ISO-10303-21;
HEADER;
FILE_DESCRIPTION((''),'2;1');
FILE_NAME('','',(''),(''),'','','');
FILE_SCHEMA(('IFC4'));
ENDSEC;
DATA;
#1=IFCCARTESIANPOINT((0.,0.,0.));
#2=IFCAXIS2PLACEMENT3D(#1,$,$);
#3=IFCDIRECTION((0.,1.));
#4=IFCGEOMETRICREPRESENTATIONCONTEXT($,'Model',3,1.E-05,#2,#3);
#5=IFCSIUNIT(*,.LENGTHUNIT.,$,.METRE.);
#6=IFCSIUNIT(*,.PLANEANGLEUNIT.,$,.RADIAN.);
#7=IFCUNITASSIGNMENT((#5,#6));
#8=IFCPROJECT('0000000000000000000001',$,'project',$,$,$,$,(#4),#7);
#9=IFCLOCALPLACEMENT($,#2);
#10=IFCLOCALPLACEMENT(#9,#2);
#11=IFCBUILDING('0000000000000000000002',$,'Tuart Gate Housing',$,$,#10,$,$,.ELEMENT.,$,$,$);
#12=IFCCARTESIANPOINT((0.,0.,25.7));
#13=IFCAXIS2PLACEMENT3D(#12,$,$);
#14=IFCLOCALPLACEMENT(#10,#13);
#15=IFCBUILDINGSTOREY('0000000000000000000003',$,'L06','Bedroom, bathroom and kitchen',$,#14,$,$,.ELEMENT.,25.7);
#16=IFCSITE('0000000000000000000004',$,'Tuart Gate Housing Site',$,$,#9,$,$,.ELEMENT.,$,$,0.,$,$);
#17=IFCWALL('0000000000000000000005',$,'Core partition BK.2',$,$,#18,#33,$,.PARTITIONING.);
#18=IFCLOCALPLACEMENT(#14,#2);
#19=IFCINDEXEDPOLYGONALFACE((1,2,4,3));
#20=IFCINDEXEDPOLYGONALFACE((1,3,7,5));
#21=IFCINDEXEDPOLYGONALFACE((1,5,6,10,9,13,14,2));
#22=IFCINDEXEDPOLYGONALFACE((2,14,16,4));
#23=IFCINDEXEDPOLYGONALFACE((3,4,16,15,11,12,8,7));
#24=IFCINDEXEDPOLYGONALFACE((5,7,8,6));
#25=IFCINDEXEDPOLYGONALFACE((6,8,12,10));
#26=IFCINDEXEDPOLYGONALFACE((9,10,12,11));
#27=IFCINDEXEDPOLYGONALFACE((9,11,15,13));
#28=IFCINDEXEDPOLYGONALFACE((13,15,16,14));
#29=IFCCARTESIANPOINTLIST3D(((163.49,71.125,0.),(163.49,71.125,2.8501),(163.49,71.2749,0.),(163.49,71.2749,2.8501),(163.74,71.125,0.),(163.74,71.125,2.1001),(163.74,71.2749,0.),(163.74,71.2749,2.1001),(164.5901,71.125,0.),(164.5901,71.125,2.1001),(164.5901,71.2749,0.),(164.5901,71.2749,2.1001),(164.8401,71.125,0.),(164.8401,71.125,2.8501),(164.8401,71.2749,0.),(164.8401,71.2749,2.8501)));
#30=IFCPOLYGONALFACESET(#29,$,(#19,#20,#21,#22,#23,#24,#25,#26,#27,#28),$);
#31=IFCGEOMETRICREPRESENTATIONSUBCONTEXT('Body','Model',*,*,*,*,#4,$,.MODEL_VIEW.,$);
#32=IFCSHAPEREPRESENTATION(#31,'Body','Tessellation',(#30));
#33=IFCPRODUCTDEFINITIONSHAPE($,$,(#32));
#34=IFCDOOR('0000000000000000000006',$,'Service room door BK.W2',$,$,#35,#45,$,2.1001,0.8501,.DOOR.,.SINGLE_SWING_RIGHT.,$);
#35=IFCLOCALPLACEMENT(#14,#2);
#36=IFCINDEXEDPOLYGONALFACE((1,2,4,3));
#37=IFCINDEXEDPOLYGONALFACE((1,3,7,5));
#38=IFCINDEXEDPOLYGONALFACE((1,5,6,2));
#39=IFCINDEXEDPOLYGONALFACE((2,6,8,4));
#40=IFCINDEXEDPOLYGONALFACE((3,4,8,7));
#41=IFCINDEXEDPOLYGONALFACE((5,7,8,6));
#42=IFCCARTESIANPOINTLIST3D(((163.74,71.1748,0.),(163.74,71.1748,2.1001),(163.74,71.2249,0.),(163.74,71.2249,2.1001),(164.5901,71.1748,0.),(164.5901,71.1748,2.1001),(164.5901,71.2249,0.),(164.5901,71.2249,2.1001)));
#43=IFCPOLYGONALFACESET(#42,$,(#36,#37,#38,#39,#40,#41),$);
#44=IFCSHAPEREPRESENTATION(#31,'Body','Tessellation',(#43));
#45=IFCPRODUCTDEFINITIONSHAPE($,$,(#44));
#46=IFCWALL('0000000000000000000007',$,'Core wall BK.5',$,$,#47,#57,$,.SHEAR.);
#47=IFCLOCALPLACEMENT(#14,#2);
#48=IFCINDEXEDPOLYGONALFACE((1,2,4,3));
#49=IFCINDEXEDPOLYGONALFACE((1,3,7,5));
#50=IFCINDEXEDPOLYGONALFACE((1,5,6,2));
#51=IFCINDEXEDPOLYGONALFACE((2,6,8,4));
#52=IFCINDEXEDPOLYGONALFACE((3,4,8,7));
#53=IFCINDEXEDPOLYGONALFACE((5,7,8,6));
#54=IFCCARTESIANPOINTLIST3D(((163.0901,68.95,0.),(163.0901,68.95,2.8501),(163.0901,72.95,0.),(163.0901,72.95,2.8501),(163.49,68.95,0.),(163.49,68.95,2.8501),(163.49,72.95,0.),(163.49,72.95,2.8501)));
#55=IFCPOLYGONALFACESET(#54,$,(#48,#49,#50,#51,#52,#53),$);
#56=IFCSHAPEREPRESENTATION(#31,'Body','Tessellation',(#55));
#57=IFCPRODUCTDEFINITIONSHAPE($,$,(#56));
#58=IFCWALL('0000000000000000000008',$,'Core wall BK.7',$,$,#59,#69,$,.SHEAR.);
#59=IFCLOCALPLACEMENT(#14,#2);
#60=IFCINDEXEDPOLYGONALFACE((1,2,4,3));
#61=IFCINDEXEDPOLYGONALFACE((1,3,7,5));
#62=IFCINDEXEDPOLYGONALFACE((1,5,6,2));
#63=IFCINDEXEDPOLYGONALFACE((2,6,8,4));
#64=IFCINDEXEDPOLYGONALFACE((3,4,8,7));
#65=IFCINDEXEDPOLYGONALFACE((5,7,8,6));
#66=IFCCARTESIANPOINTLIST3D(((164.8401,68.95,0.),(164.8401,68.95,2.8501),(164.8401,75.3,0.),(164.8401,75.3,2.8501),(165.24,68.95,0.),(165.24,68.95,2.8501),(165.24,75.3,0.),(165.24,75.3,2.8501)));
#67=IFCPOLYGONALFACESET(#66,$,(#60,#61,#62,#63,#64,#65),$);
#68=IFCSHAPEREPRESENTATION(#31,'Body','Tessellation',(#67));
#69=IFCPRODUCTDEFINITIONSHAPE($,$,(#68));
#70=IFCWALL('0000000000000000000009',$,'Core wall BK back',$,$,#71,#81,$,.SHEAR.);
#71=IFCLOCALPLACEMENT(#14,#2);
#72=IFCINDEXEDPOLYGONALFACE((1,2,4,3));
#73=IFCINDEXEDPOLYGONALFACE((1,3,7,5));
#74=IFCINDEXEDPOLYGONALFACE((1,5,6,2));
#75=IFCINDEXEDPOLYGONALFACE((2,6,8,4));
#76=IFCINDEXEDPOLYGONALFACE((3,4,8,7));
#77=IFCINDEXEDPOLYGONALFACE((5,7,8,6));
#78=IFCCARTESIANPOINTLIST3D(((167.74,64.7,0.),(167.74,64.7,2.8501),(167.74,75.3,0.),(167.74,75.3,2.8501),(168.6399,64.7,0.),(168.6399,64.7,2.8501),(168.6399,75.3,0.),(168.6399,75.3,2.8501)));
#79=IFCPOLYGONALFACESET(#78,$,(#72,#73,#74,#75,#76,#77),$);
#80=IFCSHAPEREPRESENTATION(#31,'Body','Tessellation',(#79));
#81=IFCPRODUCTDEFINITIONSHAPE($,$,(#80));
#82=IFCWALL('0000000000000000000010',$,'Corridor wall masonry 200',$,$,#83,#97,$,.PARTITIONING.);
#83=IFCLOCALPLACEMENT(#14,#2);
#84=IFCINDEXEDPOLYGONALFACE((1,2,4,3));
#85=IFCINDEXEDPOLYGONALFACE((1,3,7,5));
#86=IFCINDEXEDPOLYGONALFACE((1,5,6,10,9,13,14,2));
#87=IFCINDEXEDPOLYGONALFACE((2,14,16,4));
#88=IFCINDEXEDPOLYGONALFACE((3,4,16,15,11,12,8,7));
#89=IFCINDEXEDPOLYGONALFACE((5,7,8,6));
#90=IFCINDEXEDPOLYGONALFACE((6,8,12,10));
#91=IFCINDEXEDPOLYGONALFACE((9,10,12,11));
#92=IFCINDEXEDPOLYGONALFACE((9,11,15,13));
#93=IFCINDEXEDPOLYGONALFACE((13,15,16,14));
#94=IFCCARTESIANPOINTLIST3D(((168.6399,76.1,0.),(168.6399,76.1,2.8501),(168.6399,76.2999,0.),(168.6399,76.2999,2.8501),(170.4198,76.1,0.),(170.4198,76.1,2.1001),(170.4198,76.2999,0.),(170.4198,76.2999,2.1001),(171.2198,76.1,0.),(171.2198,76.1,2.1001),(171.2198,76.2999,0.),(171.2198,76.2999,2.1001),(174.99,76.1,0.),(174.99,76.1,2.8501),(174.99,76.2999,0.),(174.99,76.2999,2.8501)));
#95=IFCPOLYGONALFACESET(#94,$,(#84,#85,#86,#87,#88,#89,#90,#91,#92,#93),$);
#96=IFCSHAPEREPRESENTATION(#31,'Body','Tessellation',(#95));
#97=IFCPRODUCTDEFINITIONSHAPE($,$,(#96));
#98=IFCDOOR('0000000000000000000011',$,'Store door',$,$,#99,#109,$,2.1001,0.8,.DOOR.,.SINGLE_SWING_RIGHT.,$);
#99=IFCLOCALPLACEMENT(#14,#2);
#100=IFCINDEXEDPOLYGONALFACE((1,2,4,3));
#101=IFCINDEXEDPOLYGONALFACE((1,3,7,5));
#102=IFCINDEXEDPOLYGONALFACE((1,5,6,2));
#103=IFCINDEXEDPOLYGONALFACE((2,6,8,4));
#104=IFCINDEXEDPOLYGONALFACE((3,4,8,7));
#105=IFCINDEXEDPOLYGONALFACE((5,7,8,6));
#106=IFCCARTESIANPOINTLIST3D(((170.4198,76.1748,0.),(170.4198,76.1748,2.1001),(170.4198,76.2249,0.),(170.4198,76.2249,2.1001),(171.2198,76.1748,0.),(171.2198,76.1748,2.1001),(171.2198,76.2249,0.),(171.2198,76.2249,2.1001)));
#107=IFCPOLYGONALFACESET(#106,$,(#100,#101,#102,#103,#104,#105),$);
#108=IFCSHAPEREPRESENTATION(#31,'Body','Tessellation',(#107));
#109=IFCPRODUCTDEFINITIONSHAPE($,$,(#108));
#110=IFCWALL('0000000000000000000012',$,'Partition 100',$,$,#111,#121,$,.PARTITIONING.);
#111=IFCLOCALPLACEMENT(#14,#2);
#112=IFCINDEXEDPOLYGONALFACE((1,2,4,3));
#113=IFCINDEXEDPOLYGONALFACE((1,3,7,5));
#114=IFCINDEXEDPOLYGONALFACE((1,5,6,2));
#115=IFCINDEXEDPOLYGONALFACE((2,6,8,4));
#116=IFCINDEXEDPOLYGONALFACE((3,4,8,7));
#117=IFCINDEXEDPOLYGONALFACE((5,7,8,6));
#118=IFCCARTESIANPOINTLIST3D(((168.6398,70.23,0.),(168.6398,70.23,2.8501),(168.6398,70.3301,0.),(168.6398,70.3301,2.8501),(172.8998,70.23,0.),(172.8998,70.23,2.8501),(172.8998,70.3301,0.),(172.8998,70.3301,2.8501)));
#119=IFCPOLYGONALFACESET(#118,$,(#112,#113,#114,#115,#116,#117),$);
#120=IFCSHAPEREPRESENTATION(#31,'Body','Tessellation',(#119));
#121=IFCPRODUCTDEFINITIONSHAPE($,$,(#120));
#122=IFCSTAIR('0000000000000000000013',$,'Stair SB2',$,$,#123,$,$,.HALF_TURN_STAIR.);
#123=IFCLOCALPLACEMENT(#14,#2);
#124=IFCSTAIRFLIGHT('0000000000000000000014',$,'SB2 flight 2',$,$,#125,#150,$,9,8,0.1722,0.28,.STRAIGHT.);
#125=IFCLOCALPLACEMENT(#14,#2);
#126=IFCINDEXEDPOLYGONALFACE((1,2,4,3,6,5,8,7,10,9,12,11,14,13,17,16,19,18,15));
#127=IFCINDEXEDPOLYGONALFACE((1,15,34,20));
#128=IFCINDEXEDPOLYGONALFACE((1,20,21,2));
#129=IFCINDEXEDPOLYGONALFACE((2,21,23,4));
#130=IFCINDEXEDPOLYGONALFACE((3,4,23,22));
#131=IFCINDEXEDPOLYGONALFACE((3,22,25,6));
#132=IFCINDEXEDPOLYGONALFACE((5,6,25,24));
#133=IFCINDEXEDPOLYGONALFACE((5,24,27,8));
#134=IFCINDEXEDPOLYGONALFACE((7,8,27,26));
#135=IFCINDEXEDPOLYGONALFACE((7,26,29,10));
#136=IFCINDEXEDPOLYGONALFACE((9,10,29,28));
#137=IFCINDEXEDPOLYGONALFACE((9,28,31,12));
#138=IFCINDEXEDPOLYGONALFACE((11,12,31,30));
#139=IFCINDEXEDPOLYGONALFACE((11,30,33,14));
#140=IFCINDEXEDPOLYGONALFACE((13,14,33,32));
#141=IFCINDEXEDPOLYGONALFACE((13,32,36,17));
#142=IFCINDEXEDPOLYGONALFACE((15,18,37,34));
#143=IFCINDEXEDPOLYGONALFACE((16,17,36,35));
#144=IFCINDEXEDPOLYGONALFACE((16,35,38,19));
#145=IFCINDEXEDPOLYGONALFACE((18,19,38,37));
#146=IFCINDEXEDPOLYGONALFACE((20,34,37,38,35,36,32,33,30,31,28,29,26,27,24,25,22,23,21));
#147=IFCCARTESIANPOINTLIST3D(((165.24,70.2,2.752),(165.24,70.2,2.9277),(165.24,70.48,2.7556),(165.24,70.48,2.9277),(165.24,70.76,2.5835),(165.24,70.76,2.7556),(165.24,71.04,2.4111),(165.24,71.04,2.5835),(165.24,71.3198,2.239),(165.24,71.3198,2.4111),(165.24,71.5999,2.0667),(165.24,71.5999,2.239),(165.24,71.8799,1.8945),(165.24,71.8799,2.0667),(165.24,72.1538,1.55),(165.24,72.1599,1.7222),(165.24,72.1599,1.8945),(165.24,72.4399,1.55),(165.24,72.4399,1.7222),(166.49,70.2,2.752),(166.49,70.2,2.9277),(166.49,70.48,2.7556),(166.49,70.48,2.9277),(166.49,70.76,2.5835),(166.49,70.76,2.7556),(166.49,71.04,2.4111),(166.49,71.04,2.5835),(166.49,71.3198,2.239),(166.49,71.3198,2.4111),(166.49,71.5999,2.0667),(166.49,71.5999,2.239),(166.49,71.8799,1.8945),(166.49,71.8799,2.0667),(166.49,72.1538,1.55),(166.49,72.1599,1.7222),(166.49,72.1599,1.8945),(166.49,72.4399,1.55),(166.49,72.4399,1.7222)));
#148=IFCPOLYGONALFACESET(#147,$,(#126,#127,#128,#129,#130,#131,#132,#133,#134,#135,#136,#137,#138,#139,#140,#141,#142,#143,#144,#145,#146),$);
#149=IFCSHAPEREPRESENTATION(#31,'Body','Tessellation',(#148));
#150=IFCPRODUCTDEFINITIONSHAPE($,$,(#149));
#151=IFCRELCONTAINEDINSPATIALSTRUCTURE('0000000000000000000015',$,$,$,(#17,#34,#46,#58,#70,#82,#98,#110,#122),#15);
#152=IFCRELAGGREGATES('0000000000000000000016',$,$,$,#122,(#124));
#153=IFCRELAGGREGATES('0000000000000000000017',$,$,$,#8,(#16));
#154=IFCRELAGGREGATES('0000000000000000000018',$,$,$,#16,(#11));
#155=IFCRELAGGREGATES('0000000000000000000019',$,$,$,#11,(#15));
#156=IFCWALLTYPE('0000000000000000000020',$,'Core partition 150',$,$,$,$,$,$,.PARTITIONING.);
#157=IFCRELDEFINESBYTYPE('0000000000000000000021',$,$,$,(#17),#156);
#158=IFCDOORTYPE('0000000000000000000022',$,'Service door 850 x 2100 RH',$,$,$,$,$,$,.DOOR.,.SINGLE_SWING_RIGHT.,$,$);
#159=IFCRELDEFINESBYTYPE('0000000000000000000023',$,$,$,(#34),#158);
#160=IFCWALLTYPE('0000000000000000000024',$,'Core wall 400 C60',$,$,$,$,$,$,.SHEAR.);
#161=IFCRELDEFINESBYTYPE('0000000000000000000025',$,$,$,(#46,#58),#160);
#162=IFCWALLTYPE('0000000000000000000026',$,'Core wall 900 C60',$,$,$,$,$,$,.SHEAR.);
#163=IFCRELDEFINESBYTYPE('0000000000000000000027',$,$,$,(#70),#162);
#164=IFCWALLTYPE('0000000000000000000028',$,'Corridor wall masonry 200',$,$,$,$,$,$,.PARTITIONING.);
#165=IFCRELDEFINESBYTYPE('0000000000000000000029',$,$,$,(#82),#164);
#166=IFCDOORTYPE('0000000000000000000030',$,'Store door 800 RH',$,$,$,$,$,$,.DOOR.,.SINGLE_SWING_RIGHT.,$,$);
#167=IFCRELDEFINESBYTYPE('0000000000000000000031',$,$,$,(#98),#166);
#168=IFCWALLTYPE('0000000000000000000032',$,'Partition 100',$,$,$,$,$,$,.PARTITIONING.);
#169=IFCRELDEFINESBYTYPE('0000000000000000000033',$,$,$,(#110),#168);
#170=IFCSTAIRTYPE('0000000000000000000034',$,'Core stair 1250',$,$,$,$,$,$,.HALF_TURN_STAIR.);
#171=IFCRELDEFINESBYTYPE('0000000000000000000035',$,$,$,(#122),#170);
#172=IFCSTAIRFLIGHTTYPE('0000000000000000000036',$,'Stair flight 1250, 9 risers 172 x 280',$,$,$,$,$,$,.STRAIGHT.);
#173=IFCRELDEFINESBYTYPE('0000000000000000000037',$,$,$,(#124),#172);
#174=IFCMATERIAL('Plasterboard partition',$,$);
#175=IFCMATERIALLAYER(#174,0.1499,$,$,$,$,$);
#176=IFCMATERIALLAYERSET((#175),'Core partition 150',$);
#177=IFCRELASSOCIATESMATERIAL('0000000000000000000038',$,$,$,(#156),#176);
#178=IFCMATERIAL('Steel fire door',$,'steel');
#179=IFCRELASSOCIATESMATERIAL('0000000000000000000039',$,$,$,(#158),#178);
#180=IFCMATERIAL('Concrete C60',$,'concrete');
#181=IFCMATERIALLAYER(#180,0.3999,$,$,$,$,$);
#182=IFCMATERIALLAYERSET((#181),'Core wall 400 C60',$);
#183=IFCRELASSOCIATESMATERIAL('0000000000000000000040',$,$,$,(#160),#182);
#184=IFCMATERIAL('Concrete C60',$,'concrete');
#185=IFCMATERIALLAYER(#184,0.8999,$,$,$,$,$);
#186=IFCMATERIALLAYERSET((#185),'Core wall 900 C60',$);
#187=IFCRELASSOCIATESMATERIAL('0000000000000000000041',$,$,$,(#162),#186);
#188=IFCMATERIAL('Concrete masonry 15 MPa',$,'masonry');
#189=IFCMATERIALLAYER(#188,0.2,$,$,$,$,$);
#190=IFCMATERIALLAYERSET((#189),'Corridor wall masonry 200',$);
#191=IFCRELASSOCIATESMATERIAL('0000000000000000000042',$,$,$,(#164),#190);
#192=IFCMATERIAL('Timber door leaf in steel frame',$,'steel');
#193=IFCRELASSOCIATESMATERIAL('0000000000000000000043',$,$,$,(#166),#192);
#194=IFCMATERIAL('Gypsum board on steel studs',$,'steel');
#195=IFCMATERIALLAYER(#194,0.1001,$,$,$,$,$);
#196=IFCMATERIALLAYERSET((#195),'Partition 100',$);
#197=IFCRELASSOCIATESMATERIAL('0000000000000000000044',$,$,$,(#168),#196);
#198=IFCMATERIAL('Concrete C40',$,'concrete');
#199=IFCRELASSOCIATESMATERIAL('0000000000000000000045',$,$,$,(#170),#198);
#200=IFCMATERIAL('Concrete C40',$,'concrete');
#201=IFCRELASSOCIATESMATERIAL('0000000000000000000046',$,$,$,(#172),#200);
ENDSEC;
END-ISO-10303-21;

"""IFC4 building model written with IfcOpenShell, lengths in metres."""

from ifc_helpers import new_model, si_unit, direction, frame, frame_2d, origin, place, context, subcontext, project, spatial, polyline, rectangle, outline, extrude, material, layer, layer_set, type_object, element, fill, aggregate, save


model = new_model("IFC4")

# Units and contexts
model_context = context("Model", 3, precision=1e-05, world=origin(), true_north=direction((0.0, 1.0)))
body_context = subcontext(model_context, "Body", "Model", "MODEL_VIEW")
ifc_project = project(units=[si_unit("LENGTHUNIT", "METRE"), si_unit("PLANEANGLEUNIT", "RADIAN")], contexts=[model_context])

# Site, building, storey
site_placement = place(None, origin())
site = spatial("IfcSite", under=ifc_project, at=site_placement, Name="Tuart Gate Housing Site", CompositionType="ELEMENT", RefElevation=0.0)
building_placement = place(site_placement, origin())
building = spatial("IfcBuilding", under=site, at=building_placement, Name="Tuart Gate Housing", CompositionType="ELEMENT")
storey_placement = place(building_placement, frame((0.0, 0.0, 25.7)))
storey = spatial("IfcBuildingStorey", under=building, at=storey_placement, Name="L06", Description="Bedroom, bathroom and kitchen", CompositionType="ELEMENT", Elevation=25.7)

# Wall, opening, door
ifc_material_1 = material(Name="Plasterboard partition")
ifc_layer_1 = layer(ifc_material_1, 0.1499)
ifc_layer_set_1 = layer_set([ifc_layer_1], Name="Core partition 150")
wall_type_1 = type_object("IfcWallType", Name="Core partition 150", PredefinedType="PARTITIONING", material=ifc_layer_set_1)
wall_1_placement = place(storey_placement, frame((163.49, 71.2, 0.0), z_axis=(0.0, 0.0, 1.0), x_axis=(1.0, 0.0, 0.0)))
wall_1 = element("IfcWall", 1, at=wall_1_placement, inside=storey, type_object=wall_type_1, Name="Core partition BK.2", PredefinedType="PARTITIONING", context=body_context, shape_type="SweptSolid", body=[
    extrude(rectangle(XDim=1.3501, YDim=0.1499, at=frame_2d((0.675, 0.0))), origin(), (0.0, 0.0, 1.0), 2.8501),
])
opening_1_placement = place(wall_1_placement, frame((0.25, 0.0, 0.0)))
opening_1 = element("IfcOpeningElement", 2, at=opening_1_placement, cuts=wall_1, PredefinedType="OPENING", context=body_context, shape_type="SweptSolid", body=[
    extrude(rectangle(XDim=0.8501, YDim=2.1001, at=frame_2d((0.425, 1.05))), frame((0.0, 0.085, 0.0), z_axis=(0.0, -1.0, 0.0), x_axis=(1.0, 0.0, 0.0)), (0.0, 0.0, 1.0), 0.1699),
])
ifc_material_2 = material(Name="Steel fire door", Category="steel")
door_type_1 = type_object("IfcDoorType", Name="Service door 850 x 2100 RH", OperationType="SINGLE_SWING_RIGHT", PredefinedType="DOOR", material=ifc_material_2)
door_1_placement = place(opening_1_placement, frame((0.8501, 0.0, 0.0), z_axis=(0.0, 0.0, 1.0), x_axis=(-1.0, 0.0, 0.0)))
door_1 = element("IfcDoor", 3, at=door_1_placement, inside=storey, type_object=door_type_1, Name="Service room door BK.W2", OperationType="SINGLE_SWING_RIGHT", OverallHeight=2.1001, OverallWidth=0.8501, PredefinedType="DOOR", context=body_context, shape_type="SweptSolid", body=[
    extrude(rectangle(XDim=0.8501, YDim=2.1001, at=frame_2d((0.425, 1.05))), frame((0.0, 0.0251, 0.0), z_axis=(0.0, -1.0, 0.0), x_axis=(1.0, 0.0, 0.0)), (0.0, 0.0, 1.0), 0.05),
])
fill(opening_1, door_1)

# Walls
ifc_material_3 = material(Name="Concrete C60", Category="concrete")
ifc_layer_2 = layer(ifc_material_3, 0.3999)
ifc_layer_set_2 = layer_set([ifc_layer_2], Name="Core wall 400 C60")
wall_type_2 = type_object("IfcWallType", Name="Core wall 400 C60", PredefinedType="SHEAR", material=ifc_layer_set_2)
wall_2_placement = place(storey_placement, frame((163.29, 72.95, 0.0), z_axis=(0.0, 0.0, 1.0), x_axis=(0.0, -1.0, 0.0)))
element("IfcWall", 4, at=wall_2_placement, inside=storey, type_object=wall_type_2, Name="Core wall BK.5", PredefinedType="SHEAR", context=body_context, shape_type="SweptSolid", body=[
    extrude(rectangle(XDim=4.0, YDim=0.3999, at=frame_2d((2.0, 0.0))), origin(), (0.0, 0.0, 1.0), 2.8501),
])
wall_3_placement = place(storey_placement, frame((165.04, 75.3, 0.0), z_axis=(0.0, 0.0, 1.0), x_axis=(0.0, -1.0, 0.0)))
element("IfcWall", 5, at=wall_3_placement, inside=storey, type_object=wall_type_2, Name="Core wall BK.7", PredefinedType="SHEAR", context=body_context, shape_type="SweptSolid", body=[
    extrude(rectangle(XDim=6.3501, YDim=0.3999, at=frame_2d((3.175, 0.0))), origin(), (0.0, 0.0, 1.0), 2.8501),
])
ifc_material_4 = material(Name="Concrete C60", Category="concrete")
ifc_layer_3 = layer(ifc_material_4, 0.8999)
ifc_layer_set_3 = layer_set([ifc_layer_3], Name="Core wall 900 C60")
wall_type_3 = type_object("IfcWallType", Name="Core wall 900 C60", PredefinedType="SHEAR", material=ifc_layer_set_3)
wall_4_placement = place(storey_placement, frame((168.1899, 75.3, 0.0), z_axis=(0.0, 0.0, 1.0), x_axis=(0.0, -1.0, 0.0)))
element("IfcWall", 6, at=wall_4_placement, inside=storey, type_object=wall_type_3, Name="Core wall BK back", PredefinedType="SHEAR", context=body_context, shape_type="SweptSolid", body=[
    extrude(rectangle(XDim=10.6001, YDim=0.8999, at=frame_2d((5.3, 0.0))), origin(), (0.0, 0.0, 1.0), 2.8501),
])

# Wall, opening, door
ifc_material_5 = material(Name="Concrete masonry 15 MPa", Category="masonry")
ifc_layer_4 = layer(ifc_material_5, 0.2)
ifc_layer_set_4 = layer_set([ifc_layer_4], Name="Corridor wall masonry 200")
wall_type_4 = type_object("IfcWallType", Name="Corridor wall masonry 200", PredefinedType="PARTITIONING", material=ifc_layer_set_4)
wall_5_placement = place(storey_placement, frame((168.6399, 76.2, 0.0), z_axis=(0.0, 0.0, 1.0), x_axis=(1.0, 0.0, 0.0)))
wall_5 = element("IfcWall", 7, at=wall_5_placement, inside=storey, type_object=wall_type_4, Name="Corridor wall masonry 200", PredefinedType="PARTITIONING", context=body_context, shape_type="SweptSolid", body=[
    extrude(rectangle(XDim=6.3501, YDim=0.2, at=frame_2d((3.175, 0.0))), origin(), (0.0, 0.0, 1.0), 2.8501),
])
opening_2_placement = place(wall_5_placement, frame((1.78, 0.0, 0.0)))
opening_2 = element("IfcOpeningElement", 8, at=opening_2_placement, cuts=wall_5, PredefinedType="OPENING", context=body_context, shape_type="SweptSolid", body=[
    extrude(rectangle(XDim=0.8, YDim=2.1001, at=frame_2d((0.3999, 1.05))), frame((0.0, 0.1099, 0.0), z_axis=(0.0, -1.0, 0.0), x_axis=(1.0, 0.0, 0.0)), (0.0, 0.0, 1.0), 0.22),
])
ifc_material_6 = material(Name="Timber door leaf in steel frame", Category="steel")
door_type_2 = type_object("IfcDoorType", Name="Store door 800 RH", OperationType="SINGLE_SWING_RIGHT", PredefinedType="DOOR", material=ifc_material_6)
door_2_placement = place(opening_2_placement, frame((0.8, 0.0, 0.0), z_axis=(0.0, 0.0, 1.0), x_axis=(-1.0, 0.0, 0.0)))
door_2 = element("IfcDoor", 9, at=door_2_placement, inside=storey, type_object=door_type_2, Name="Store door", OperationType="SINGLE_SWING_RIGHT", OverallHeight=2.1001, OverallWidth=0.8, PredefinedType="DOOR", context=body_context, shape_type="SweptSolid", body=[
    extrude(rectangle(XDim=0.8, YDim=2.1001, at=frame_2d((0.4001, 1.05))), frame((0.0, 0.0251, 0.0), z_axis=(0.0, -1.0, 0.0), x_axis=(1.0, 0.0, 0.0)), (0.0, 0.0, 1.0), 0.05),
])
fill(opening_2, door_2)

# Wall
ifc_material_7 = material(Name="Gypsum board on steel studs", Category="steel")
ifc_layer_5 = layer(ifc_material_7, 0.1001)
ifc_layer_set_5 = layer_set([ifc_layer_5], Name="Partition 100")
wall_type_5 = type_object("IfcWallType", Name="Partition 100", PredefinedType="PARTITIONING", material=ifc_layer_set_5)
wall_6_placement = place(storey_placement, frame((168.6399, 70.28, 0.0), z_axis=(0.0, 0.0, 1.0), x_axis=(1.0, 0.0, 0.0)))
element("IfcWall", 10, at=wall_6_placement, inside=storey, type_object=wall_type_5, Name="Partition 100", PredefinedType="PARTITIONING", context=body_context, shape_type="SweptSolid", body=[
    extrude(rectangle(XDim=4.26, YDim=0.1001, at=frame_2d((2.1299, 0.0))), origin(), (0.0, 0.0, 1.0), 2.8501),
])

# Stair, stair flight
ifc_material_8 = material(Name="Concrete C40", Category="concrete")
stair_type = type_object("IfcStairType", Name="Core stair 1250", PredefinedType="HALF_TURN_STAIR", material=ifc_material_8)
stair_placement = place(storey_placement, origin())
stair = element("IfcStair", 11, at=stair_placement, inside=storey, type_object=stair_type, Name="Stair SB2", PredefinedType="HALF_TURN_STAIR")
ifc_material_9 = material(Name="Concrete C40", Category="concrete")
stair_flight_type = type_object("IfcStairFlightType", Name="Stair flight 1250, 9 risers 172 x 280", PredefinedType="STRAIGHT", material=ifc_material_9)
stair_flight_placement = place(storey_placement, frame((165.865, 72.4399, 1.55), z_axis=(0.0, 0.0, 1.0), x_axis=(0.0, -1.0, 0.0)))
stair_flight = element("IfcStairFlight", 12, at=stair_flight_placement, type_object=stair_flight_type, Name="SB2 flight 2", NumberOfRisers=9, NumberOfTreads=8, PredefinedType="STRAIGHT", RiserHeight=0.1722, TreadLength=0.28, context=body_context, shape_type="SweptSolid", body=[
    extrude(outline(polyline([(0.0, 0.0), (0.0, 0.1721), (0.28, 0.1721), (0.28, 0.3445), (0.5601, 0.3445), (0.5601, 0.5166), (0.8401, 0.5166), (0.8401, 0.689), (1.1201, 0.689), (1.1201, 0.8611), (1.3999, 0.8611), (1.3999, 1.0334), (1.6799, 1.0334), (1.6799, 1.2056), (1.96, 1.2056), (1.96, 1.3777), (2.24, 1.3777), (2.24, 1.55), (2.24, 1.2019), (0.2861, 0.0), (0.0, 0.0)])), frame((0.0, 0.625, 0.0), z_axis=(0.0, -1.0, 0.0), x_axis=(1.0, 0.0, 0.0)), (0.0, 0.0, 1.0), 1.25),
])
aggregate(stair, [stair_flight])

save(model, "model.ifc")
